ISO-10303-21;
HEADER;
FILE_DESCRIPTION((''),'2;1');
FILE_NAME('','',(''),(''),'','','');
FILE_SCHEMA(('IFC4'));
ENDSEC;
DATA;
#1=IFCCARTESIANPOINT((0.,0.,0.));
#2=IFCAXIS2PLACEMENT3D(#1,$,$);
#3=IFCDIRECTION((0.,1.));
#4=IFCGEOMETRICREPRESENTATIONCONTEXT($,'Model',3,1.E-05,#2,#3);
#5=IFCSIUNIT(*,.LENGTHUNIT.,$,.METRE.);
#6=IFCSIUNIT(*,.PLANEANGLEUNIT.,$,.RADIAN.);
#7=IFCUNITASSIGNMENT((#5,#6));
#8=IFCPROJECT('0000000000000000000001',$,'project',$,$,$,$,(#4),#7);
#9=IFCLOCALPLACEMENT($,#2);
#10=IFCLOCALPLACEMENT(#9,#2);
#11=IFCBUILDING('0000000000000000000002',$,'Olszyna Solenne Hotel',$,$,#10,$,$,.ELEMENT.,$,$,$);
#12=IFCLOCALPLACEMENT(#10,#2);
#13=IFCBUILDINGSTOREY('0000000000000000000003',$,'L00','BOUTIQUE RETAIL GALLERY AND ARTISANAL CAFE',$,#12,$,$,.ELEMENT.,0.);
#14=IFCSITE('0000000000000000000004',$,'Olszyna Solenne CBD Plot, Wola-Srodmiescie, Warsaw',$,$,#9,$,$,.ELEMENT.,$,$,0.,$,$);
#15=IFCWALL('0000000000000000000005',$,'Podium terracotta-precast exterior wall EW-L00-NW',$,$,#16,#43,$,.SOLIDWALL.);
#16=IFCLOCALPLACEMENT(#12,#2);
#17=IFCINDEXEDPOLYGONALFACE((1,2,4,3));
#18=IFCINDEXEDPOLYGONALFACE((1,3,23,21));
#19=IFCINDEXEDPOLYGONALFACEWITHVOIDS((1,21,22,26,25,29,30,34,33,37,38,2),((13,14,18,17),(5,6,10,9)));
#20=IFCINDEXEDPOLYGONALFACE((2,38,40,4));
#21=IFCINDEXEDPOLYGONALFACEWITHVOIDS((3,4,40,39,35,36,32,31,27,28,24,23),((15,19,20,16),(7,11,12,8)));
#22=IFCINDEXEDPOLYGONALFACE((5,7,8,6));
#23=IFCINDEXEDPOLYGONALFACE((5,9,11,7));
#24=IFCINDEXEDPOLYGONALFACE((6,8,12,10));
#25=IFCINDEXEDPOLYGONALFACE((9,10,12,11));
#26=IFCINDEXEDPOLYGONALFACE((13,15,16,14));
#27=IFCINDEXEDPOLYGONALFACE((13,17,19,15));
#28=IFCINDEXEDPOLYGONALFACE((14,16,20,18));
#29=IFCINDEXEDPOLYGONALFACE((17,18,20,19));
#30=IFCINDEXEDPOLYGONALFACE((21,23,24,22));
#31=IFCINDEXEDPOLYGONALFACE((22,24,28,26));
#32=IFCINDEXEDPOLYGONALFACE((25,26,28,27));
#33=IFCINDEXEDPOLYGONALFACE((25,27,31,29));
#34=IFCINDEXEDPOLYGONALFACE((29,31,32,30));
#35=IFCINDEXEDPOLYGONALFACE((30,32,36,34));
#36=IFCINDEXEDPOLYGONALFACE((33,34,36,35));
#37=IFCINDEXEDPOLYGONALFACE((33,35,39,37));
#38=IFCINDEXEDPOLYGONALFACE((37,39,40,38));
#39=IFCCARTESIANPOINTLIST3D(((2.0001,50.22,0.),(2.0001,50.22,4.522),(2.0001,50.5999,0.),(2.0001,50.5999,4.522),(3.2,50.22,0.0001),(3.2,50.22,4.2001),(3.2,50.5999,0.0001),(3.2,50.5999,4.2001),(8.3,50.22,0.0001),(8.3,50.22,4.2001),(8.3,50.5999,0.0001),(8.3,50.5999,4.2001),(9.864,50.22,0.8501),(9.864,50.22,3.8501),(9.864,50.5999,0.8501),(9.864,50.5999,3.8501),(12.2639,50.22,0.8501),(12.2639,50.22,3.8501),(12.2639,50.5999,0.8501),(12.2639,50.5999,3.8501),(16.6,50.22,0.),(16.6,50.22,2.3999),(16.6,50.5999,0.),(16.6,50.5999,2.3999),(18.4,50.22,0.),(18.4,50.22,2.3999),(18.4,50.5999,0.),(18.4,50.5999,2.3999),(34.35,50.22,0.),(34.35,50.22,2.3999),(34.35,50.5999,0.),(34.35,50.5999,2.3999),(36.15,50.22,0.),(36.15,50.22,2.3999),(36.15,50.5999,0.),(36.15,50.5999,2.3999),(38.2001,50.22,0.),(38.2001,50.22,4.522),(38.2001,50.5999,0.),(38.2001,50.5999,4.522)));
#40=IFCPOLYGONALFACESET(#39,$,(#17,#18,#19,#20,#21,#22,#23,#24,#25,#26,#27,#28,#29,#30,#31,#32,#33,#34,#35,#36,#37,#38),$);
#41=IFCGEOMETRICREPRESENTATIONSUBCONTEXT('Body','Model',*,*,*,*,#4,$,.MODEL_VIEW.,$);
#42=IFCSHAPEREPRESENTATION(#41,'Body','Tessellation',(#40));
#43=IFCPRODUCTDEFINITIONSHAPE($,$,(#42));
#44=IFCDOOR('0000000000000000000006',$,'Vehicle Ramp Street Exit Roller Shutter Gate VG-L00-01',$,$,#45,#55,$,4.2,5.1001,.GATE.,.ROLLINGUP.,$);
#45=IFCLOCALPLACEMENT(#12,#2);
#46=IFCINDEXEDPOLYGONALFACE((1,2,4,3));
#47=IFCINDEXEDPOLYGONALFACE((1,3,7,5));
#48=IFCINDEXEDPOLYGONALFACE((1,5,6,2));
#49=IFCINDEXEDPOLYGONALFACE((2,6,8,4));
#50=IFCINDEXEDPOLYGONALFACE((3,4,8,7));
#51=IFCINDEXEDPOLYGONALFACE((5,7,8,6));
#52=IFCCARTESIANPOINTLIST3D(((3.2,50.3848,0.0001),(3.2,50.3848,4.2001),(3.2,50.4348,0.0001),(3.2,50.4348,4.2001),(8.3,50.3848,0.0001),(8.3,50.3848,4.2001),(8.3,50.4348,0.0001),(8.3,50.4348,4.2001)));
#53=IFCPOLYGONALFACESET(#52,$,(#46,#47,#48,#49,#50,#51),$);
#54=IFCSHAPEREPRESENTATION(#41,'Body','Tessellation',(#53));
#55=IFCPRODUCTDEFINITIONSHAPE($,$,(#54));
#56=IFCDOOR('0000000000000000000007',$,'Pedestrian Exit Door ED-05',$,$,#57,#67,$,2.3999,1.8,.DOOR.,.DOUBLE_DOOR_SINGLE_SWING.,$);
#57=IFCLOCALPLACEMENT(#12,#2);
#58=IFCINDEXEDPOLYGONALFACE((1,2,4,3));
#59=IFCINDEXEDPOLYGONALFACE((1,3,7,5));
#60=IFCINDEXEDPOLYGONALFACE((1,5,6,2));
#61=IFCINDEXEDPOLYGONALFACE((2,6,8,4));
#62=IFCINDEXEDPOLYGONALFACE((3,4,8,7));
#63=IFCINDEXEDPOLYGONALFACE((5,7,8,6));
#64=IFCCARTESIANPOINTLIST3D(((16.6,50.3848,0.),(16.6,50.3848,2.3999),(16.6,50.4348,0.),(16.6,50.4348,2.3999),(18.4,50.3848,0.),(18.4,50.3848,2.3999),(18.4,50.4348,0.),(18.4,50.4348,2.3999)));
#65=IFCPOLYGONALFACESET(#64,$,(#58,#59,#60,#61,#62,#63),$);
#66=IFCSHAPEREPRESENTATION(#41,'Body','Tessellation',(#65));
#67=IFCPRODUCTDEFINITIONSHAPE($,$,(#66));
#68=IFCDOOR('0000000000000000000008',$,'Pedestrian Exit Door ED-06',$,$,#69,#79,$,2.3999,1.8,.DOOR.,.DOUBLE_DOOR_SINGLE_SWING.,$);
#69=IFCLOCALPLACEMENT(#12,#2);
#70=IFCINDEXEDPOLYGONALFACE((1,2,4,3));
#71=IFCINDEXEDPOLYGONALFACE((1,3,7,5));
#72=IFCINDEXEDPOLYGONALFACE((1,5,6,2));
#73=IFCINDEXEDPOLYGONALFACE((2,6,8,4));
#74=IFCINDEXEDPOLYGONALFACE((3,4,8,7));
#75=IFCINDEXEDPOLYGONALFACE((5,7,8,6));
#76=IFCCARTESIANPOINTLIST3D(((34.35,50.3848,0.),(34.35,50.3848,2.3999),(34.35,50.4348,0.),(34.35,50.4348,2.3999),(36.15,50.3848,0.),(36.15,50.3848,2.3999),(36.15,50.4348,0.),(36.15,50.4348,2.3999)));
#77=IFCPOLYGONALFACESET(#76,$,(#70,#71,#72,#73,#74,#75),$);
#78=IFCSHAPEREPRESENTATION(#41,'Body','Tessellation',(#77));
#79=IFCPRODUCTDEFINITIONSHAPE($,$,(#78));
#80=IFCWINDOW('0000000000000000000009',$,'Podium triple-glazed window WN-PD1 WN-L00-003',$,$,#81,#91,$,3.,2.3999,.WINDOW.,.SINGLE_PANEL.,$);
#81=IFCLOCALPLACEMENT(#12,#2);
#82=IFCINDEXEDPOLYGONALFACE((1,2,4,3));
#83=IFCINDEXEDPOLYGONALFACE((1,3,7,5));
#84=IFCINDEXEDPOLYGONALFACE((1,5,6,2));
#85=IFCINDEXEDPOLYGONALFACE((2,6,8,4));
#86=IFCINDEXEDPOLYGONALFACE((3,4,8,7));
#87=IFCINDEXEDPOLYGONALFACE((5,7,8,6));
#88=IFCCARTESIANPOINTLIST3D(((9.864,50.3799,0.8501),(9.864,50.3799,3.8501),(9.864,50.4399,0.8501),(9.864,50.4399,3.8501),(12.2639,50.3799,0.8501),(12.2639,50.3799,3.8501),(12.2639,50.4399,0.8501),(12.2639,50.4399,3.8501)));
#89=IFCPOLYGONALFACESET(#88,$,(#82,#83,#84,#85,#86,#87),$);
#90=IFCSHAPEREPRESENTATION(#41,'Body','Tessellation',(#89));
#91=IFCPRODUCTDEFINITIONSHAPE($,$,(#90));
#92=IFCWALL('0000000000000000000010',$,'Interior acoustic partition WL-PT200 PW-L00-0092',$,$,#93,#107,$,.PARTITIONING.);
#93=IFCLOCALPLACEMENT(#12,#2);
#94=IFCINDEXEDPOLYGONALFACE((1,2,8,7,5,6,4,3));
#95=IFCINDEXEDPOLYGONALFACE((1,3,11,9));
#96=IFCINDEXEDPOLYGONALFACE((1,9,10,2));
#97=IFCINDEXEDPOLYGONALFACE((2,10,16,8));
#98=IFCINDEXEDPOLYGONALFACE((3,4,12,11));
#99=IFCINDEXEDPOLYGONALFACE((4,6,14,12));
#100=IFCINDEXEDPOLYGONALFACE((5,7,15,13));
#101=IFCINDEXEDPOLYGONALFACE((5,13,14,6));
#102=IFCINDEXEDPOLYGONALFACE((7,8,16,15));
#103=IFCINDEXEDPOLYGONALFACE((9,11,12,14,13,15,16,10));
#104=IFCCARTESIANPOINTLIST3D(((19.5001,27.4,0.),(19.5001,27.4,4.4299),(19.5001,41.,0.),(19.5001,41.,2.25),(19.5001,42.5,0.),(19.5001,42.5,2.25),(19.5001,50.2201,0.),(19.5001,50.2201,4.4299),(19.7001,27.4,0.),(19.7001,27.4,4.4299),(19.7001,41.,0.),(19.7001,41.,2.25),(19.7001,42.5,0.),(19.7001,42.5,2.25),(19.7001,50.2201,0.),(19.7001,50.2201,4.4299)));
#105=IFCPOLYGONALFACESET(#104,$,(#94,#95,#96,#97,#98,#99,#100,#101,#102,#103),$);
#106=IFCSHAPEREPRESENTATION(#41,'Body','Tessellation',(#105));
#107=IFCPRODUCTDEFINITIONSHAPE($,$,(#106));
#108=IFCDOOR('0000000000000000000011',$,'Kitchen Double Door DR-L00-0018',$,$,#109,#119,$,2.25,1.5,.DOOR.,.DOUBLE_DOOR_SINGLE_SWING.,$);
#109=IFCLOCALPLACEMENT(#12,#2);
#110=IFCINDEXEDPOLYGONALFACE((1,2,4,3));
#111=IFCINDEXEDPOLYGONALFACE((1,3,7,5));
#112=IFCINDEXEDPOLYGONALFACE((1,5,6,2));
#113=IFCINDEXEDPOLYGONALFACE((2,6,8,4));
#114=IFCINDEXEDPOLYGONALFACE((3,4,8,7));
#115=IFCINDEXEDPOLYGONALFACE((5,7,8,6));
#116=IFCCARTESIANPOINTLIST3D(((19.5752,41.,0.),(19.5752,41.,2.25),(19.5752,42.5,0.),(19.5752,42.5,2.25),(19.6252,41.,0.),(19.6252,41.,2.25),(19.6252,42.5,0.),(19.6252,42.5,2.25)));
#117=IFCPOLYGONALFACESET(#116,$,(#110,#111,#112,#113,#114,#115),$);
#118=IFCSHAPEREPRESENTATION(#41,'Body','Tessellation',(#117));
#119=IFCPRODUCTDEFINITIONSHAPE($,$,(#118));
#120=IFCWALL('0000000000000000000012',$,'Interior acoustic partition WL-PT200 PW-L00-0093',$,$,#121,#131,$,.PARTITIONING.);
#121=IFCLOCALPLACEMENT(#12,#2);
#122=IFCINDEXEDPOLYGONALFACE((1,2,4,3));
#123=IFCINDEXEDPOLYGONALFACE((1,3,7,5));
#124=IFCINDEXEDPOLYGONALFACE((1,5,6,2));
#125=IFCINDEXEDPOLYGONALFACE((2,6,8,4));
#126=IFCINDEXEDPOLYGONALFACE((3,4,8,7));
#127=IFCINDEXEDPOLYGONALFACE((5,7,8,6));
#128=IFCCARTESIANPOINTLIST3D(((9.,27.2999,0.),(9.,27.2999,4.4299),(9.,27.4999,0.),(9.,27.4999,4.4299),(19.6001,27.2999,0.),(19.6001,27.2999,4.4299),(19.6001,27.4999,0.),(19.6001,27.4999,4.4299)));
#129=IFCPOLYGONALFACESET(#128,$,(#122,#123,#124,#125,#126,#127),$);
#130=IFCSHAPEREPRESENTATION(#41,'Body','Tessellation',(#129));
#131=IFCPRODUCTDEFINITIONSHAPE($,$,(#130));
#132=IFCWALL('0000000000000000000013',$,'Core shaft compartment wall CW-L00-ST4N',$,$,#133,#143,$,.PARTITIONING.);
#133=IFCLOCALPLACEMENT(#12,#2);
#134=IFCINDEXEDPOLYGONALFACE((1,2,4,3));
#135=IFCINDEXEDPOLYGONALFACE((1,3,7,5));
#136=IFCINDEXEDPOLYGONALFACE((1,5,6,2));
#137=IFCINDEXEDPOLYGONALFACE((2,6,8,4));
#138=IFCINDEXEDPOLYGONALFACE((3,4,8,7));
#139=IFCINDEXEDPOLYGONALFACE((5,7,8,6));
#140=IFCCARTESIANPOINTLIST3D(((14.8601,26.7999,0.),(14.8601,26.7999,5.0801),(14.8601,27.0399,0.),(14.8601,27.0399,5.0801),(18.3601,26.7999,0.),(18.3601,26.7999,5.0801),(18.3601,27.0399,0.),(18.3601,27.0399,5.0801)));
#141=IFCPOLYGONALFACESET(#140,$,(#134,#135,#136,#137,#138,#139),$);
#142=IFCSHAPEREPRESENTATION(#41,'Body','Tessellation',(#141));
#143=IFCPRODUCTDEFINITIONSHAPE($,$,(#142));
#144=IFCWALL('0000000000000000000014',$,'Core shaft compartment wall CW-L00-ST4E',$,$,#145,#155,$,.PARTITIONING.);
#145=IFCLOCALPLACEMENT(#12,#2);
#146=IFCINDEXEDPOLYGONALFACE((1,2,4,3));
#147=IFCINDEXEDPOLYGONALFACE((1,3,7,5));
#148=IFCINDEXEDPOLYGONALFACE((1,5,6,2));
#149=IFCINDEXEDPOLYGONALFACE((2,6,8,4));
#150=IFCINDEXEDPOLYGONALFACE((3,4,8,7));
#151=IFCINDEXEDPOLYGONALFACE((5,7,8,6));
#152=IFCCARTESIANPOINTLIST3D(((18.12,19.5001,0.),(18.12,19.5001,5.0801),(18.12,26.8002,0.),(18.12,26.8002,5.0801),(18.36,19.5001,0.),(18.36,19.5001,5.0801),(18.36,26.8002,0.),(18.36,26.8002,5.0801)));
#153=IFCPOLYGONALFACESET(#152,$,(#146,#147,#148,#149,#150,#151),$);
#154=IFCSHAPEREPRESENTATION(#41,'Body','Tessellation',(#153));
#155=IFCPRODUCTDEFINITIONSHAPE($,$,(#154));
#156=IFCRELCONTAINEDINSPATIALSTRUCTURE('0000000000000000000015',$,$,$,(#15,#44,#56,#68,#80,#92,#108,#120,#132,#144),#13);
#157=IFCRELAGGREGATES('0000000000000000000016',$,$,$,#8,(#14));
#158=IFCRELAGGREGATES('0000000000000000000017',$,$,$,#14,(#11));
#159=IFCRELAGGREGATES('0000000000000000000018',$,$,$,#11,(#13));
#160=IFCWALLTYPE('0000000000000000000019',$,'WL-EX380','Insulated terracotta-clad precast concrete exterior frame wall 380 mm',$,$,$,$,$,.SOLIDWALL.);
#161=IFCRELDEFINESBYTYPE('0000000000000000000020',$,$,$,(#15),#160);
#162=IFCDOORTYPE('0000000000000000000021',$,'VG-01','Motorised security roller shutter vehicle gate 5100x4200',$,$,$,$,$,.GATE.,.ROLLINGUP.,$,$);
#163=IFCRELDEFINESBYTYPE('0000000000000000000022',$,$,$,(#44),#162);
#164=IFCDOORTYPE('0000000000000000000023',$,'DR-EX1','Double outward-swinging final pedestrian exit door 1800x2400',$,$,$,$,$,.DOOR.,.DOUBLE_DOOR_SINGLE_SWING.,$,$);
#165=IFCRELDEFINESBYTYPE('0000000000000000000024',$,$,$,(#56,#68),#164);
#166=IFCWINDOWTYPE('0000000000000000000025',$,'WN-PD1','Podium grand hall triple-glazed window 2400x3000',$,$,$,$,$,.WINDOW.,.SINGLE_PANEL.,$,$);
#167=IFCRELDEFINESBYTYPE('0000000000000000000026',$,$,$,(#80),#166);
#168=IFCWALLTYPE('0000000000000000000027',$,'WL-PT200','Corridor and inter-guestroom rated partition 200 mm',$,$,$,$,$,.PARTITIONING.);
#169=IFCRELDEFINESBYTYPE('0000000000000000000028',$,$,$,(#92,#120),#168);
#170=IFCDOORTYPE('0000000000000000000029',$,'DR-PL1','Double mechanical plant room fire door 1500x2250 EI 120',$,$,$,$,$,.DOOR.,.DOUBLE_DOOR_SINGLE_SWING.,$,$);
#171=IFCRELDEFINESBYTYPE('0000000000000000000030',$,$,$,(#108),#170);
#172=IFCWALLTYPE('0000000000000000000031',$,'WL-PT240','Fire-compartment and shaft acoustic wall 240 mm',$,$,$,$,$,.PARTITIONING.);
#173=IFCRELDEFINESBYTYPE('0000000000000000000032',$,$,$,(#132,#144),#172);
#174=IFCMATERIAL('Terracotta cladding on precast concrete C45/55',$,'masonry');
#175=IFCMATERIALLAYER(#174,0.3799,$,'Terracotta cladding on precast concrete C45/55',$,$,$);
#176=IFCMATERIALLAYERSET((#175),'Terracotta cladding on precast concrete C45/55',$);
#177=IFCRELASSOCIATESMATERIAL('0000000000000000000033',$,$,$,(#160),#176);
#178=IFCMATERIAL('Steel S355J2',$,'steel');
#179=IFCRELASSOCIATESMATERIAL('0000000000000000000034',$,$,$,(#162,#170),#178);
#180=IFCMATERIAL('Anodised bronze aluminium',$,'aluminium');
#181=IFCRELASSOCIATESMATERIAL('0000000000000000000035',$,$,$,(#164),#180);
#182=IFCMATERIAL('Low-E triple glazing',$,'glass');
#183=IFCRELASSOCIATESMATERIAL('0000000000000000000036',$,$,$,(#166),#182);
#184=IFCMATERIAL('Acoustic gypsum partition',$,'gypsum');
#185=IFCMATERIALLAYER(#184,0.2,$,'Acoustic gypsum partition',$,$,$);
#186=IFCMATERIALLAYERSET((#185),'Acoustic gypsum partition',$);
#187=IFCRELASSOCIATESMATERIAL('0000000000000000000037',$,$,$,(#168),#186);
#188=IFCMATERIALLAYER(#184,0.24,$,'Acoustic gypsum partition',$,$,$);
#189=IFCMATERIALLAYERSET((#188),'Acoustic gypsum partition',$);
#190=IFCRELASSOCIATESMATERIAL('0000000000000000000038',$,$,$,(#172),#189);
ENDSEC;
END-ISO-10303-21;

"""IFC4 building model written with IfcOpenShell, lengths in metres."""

from ifc_helpers import new_model, si_unit, direction, frame, frame_2d, origin, place, context, subcontext, project, spatial, rectangle, extrude, source, transform, mapped, material, layer, layer_set, type_object, type_shapes, element, fill, save


model = new_model("IFC4")

# Units and contexts
model_context = context("Model", 3, precision=1e-05, world=origin(), true_north=direction((0.0, 1.0)))
body_context = subcontext(model_context, "Body", "Model", "MODEL_VIEW")
ifc_project = project(units=[si_unit("LENGTHUNIT", "METRE"), si_unit("PLANEANGLEUNIT", "RADIAN")], contexts=[model_context])

# Site, building, storey
site_placement = place(None, origin())
site = spatial("IfcSite", under=ifc_project, at=site_placement, Name="Olszyna Solenne CBD Plot, Wola-Srodmiescie, Warsaw", CompositionType="ELEMENT", RefElevation=0.0)
building_placement = place(site_placement, origin())
building = spatial("IfcBuilding", under=site, at=building_placement, Name="Olszyna Solenne Hotel", CompositionType="ELEMENT")
storey_placement = place(building_placement, origin())
storey = spatial("IfcBuildingStorey", under=building, at=storey_placement, Name="L00", Description="BOUTIQUE RETAIL GALLERY AND ARTISANAL CAFE", CompositionType="ELEMENT", Elevation=0.0)

# Shared definitions
ifc_material_1 = material(Name="Steel S355J2", Category="steel")

# Wall, openings, doors, window
ifc_material_2 = material(Name="Terracotta cladding on precast concrete C45/55", Category="masonry")
ifc_layer_1 = layer(ifc_material_2, 0.3799, Name="Terracotta cladding on precast concrete C45/55")
ifc_layer_set_1 = layer_set([ifc_layer_1], Name="Terracotta cladding on precast concrete C45/55")
wall_type_1 = type_object("IfcWallType", Name="WL-EX380", Description="Insulated terracotta-clad precast concrete exterior frame wall 380 mm", PredefinedType="SOLIDWALL", material=ifc_layer_set_1)
wall_1_placement = place(storey_placement, frame((2.0, 50.4099, 0.0), z_axis=(0.0, 0.0, 1.0), x_axis=(1.0, 0.0, 0.0)))
wall_1 = element("IfcWall", 1, at=wall_1_placement, inside=storey, type_object=wall_type_1, Name="Podium terracotta-precast exterior wall EW-L00-NW", PredefinedType="SOLIDWALL", context=body_context, shape_type="SweptSolid", body=[
    extrude(rectangle(XDim=36.2, YDim=0.3799, at=frame_2d((18.1001, 0.0))), origin(), (0.0, 0.0, 1.0), 4.522),
])
opening_1_placement = place(wall_1_placement, frame((1.2, 0.0, 0.0)))
opening_1 = element("IfcOpeningElement", 2, at=opening_1_placement, cuts=wall_1, PredefinedType="OPENING", context=body_context, shape_type="SweptSolid", body=[
    extrude(rectangle(XDim=5.1001, YDim=4.2, at=frame_2d((2.55, 2.1001))), frame((0.0, 0.2, 0.0), z_axis=(0.0, -1.0, 0.0), x_axis=(1.0, 0.0, 0.0)), (0.0, 0.0, 1.0), 0.3999),
])
opening_2_placement = place(wall_1_placement, frame((14.6001, 0.0, 0.0)))
opening_2 = element("IfcOpeningElement", 3, at=opening_2_placement, cuts=wall_1, PredefinedType="OPENING", context=body_context, shape_type="SweptSolid", body=[
    extrude(rectangle(XDim=1.8, YDim=2.3999, at=frame_2d((0.8999, 1.2))), frame((0.0, 0.2, 0.0), z_axis=(0.0, -1.0, 0.0), x_axis=(1.0, 0.0, 0.0)), (0.0, 0.0, 1.0), 0.3999),
])
opening_3_placement = place(wall_1_placement, frame((32.3501, 0.0, 0.0)))
opening_3 = element("IfcOpeningElement", 4, at=opening_3_placement, cuts=wall_1, PredefinedType="OPENING", context=body_context, shape_type="SweptSolid", body=[
    extrude(rectangle(XDim=1.8, YDim=2.3999, at=frame_2d((0.8999, 1.2))), frame((0.0, 0.2, 0.0), z_axis=(0.0, -1.0, 0.0), x_axis=(1.0, 0.0, 0.0)), (0.0, 0.0, 1.0), 0.3999),
])
opening_4_placement = place(wall_1_placement, frame((7.864, 0.0, 0.8501)))
opening_4 = element("IfcOpeningElement", 5, at=opening_4_placement, cuts=wall_1, PredefinedType="OPENING", context=body_context, shape_type="SweptSolid", body=[
    extrude(rectangle(XDim=2.3999, YDim=3.0, at=frame_2d((1.2, 1.5))), frame((0.0, 0.2, 0.0), z_axis=(0.0, -1.0, 0.0), x_axis=(1.0, 0.0, 0.0)), (0.0, 0.0, 1.0), 0.3999),
])
door_type_1 = type_object("IfcDoorType", Name="VG-01", Description="Motorised security roller shutter vehicle gate 5100x4200", OperationType="ROLLINGUP", PredefinedType="GATE", material=ifc_material_1)
shared_shape_1 = source(origin(), body_context, "Body", "SweptSolid", [
    extrude(rectangle(XDim=5.1001, YDim=4.2, at=frame_2d((2.55, 2.1001))), frame((0.0, 0.0249, 0.0), z_axis=(0.0, -1.0, 0.0), x_axis=(1.0, 0.0, 0.0)), (0.0, 0.0, 1.0), 0.05),
])
type_shapes(door_type_1, [shared_shape_1])
door_1_placement = place(opening_1_placement, origin())
door_1 = element("IfcDoor", 6, at=door_1_placement, inside=storey, type_object=door_type_1, Name="Vehicle Ramp Street Exit Roller Shutter Gate VG-L00-01", OperationType="ROLLINGUP", OverallHeight=4.2, OverallWidth=5.1001, PredefinedType="GATE", context=body_context, shape_type="MappedRepresentation", body=[
    mapped(shared_shape_1, transform((0.0, 0.0, 0.0), x_axis=(1.0, 0.0, 0.0), y_axis=(0.0, 1.0, 0.0), z_axis=(0.0, 0.0, 1.0), scale=1.0)),
])
fill(opening_1, door_1)
ifc_material_3 = material(Name="Anodised bronze aluminium", Category="aluminium")
door_type_2 = type_object("IfcDoorType", Name="DR-EX1", Description="Double outward-swinging final pedestrian exit door 1800x2400", OperationType="DOUBLE_DOOR_SINGLE_SWING", PredefinedType="DOOR", material=ifc_material_3)
shared_shape_2 = source(origin(), body_context, "Body", "SweptSolid", [
    extrude(rectangle(XDim=1.8, YDim=2.3999, at=frame_2d((0.8999, 1.2))), frame((0.0, 0.0249, 0.0), z_axis=(0.0, -1.0, 0.0), x_axis=(1.0, 0.0, 0.0)), (0.0, 0.0, 1.0), 0.05),
])
type_shapes(door_type_2, [shared_shape_2])
door_2_placement = place(opening_2_placement, origin())
door_2 = element("IfcDoor", 7, at=door_2_placement, inside=storey, type_object=door_type_2, Name="Pedestrian Exit Door ED-05", OperationType="DOUBLE_DOOR_SINGLE_SWING", OverallHeight=2.3999, OverallWidth=1.8, PredefinedType="DOOR", context=body_context, shape_type="MappedRepresentation", body=[
    mapped(shared_shape_2, transform((0.0, 0.0, 0.0), x_axis=(1.0, 0.0, 0.0), y_axis=(0.0, 1.0, 0.0), z_axis=(0.0, 0.0, 1.0), scale=1.0)),
])
fill(opening_2, door_2)
door_3_placement = place(opening_3_placement, origin())
door_3 = element("IfcDoor", 8, at=door_3_placement, inside=storey, type_object=door_type_2, Name="Pedestrian Exit Door ED-06", OperationType="DOUBLE_DOOR_SINGLE_SWING", OverallHeight=2.3999, OverallWidth=1.8, PredefinedType="DOOR", context=body_context, shape_type="MappedRepresentation", body=[
    mapped(shared_shape_2, transform((0.0, 0.0, 0.0), x_axis=(1.0, 0.0, 0.0), y_axis=(0.0, 1.0, 0.0), z_axis=(0.0, 0.0, 1.0), scale=1.0)),
])
fill(opening_3, door_3)
ifc_material_4 = material(Name="Low-E triple glazing", Category="glass")
window_type = type_object("IfcWindowType", Name="WN-PD1", Description="Podium grand hall triple-glazed window 2400x3000", PartitioningType="SINGLE_PANEL", PredefinedType="WINDOW", material=ifc_material_4)
shared_shape_3 = source(origin(), body_context, "Body", "SweptSolid", [
    extrude(rectangle(XDim=2.3999, YDim=3.0, at=frame_2d((1.2, 1.5))), frame((0.0, 0.03, 0.0), z_axis=(0.0, -1.0, 0.0), x_axis=(1.0, 0.0, 0.0)), (0.0, 0.0, 1.0), 0.0601),
])
type_shapes(window_type, [shared_shape_3])
window_placement = place(opening_4_placement, origin())
window = element("IfcWindow", 9, at=window_placement, inside=storey, type_object=window_type, Name="Podium triple-glazed window WN-PD1 WN-L00-003", OverallHeight=3.0, OverallWidth=2.3999, PartitioningType="SINGLE_PANEL", PredefinedType="WINDOW", context=body_context, shape_type="MappedRepresentation", body=[
    mapped(shared_shape_3, transform((0.0, 0.0, 0.0), x_axis=(1.0, 0.0, 0.0), y_axis=(0.0, 1.0, 0.0), z_axis=(0.0, 0.0, 1.0), scale=1.0)),
])
fill(opening_4, window)

# Wall, opening, door
ifc_material_5 = material(Name="Acoustic gypsum partition", Category="gypsum")
ifc_layer_2 = layer(ifc_material_5, 0.2, Name="Acoustic gypsum partition")
ifc_layer_set_2 = layer_set([ifc_layer_2], Name="Acoustic gypsum partition")
wall_type_2 = type_object("IfcWallType", Name="WL-PT200", Description="Corridor and inter-guestroom rated partition 200 mm", PredefinedType="PARTITIONING", material=ifc_layer_set_2)
wall_2_placement = place(storey_placement, frame((19.6001, 27.3999, 0.0), z_axis=(0.0, 0.0, 1.0), x_axis=(0.0, 1.0, 0.0)))
wall_2 = element("IfcWall", 10, at=wall_2_placement, inside=storey, type_object=wall_type_2, Name="Interior acoustic partition WL-PT200 PW-L00-0092", PredefinedType="PARTITIONING", context=body_context, shape_type="SweptSolid", body=[
    extrude(rectangle(XDim=22.8201, YDim=0.2, at=frame_2d((11.4102, 0.0))), origin(), (0.0, 0.0, 1.0), 4.4299),
])
opening_5_placement = place(wall_2_placement, frame((13.6001, 0.0, 0.0)))
opening_5 = element("IfcOpeningElement", 11, at=opening_5_placement, cuts=wall_2, PredefinedType="OPENING", context=body_context, shape_type="SweptSolid", body=[
    extrude(rectangle(XDim=1.5, YDim=2.25, at=frame_2d((0.75, 1.125))), frame((0.0, 0.1099, 0.0), z_axis=(0.0, -1.0, 0.0), x_axis=(1.0, 0.0, 0.0)), (0.0, 0.0, 1.0), 0.22),
])
door_type_3 = type_object("IfcDoorType", Name="DR-PL1", Description="Double mechanical plant room fire door 1500x2250 EI 120", OperationType="DOUBLE_DOOR_SINGLE_SWING", PredefinedType="DOOR", material=ifc_material_1)
shared_shape_4 = source(origin(), body_context, "Body", "SweptSolid", [
    extrude(rectangle(XDim=1.5, YDim=2.25, at=frame_2d((0.75, 1.125))), frame((0.0, 0.0249, 0.0), z_axis=(0.0, -1.0, 0.0), x_axis=(1.0, 0.0, 0.0)), (0.0, 0.0, 1.0), 0.05),
])
type_shapes(door_type_3, [shared_shape_4])
door_4_placement = place(opening_5_placement, origin())
door_4 = element("IfcDoor", 12, at=door_4_placement, inside=storey, type_object=door_type_3, Name="Kitchen Double Door DR-L00-0018", OperationType="DOUBLE_DOOR_SINGLE_SWING", OverallHeight=2.25, OverallWidth=1.5, PredefinedType="DOOR", context=body_context, shape_type="MappedRepresentation", body=[
    mapped(shared_shape_4, transform((0.0, 0.0, 0.0), x_axis=(1.0, 0.0, 0.0), y_axis=(0.0, 1.0, 0.0), z_axis=(0.0, 0.0, 1.0), scale=1.0)),
])
fill(opening_5, door_4)

# Walls
wall_3_placement = place(storey_placement, frame((9.0, 27.3999, 0.0), z_axis=(0.0, 0.0, 1.0), x_axis=(1.0, 0.0, 0.0)))
element("IfcWall", 13, at=wall_3_placement, inside=storey, type_object=wall_type_2, Name="Interior acoustic partition WL-PT200 PW-L00-0093", PredefinedType="PARTITIONING", context=body_context, shape_type="SweptSolid", body=[
    extrude(rectangle(XDim=10.6001, YDim=0.2, at=frame_2d((5.3, 0.0))), origin(), (0.0, 0.0, 1.0), 4.4299),
])
ifc_layer_3 = layer(ifc_material_5, 0.24, Name="Acoustic gypsum partition")
ifc_layer_set_3 = layer_set([ifc_layer_3], Name="Acoustic gypsum partition")
wall_type_3 = type_object("IfcWallType", Name="WL-PT240", Description="Fire-compartment and shaft acoustic wall 240 mm", PredefinedType="PARTITIONING", material=ifc_layer_set_3)
wall_4_placement = place(storey_placement, frame((14.8601, 26.9199, 0.0), z_axis=(0.0, 0.0, 1.0), x_axis=(1.0, 0.0, 0.0)))
element("IfcWall", 14, at=wall_4_placement, inside=storey, type_object=wall_type_3, Name="Core shaft compartment wall CW-L00-ST4N", PredefinedType="PARTITIONING", context=body_context, shape_type="SweptSolid", body=[
    extrude(rectangle(XDim=3.5, YDim=0.24, at=frame_2d((1.75, 0.0))), origin(), (0.0, 0.0, 1.0), 5.0801),
])
wall_5_placement = place(storey_placement, frame((18.24, 26.8, 0.0), z_axis=(0.0, 0.0, 1.0), x_axis=(0.0, -1.0, 0.0)))
element("IfcWall", 15, at=wall_5_placement, inside=storey, type_object=wall_type_3, Name="Core shaft compartment wall CW-L00-ST4E", PredefinedType="PARTITIONING", context=body_context, shape_type="SweptSolid", body=[
    extrude(rectangle(XDim=7.3, YDim=0.24, at=frame_2d((3.6499, 0.0))), origin(), (0.0, 0.0, 1.0), 5.0801),
])

save(model, "model.ifc")
